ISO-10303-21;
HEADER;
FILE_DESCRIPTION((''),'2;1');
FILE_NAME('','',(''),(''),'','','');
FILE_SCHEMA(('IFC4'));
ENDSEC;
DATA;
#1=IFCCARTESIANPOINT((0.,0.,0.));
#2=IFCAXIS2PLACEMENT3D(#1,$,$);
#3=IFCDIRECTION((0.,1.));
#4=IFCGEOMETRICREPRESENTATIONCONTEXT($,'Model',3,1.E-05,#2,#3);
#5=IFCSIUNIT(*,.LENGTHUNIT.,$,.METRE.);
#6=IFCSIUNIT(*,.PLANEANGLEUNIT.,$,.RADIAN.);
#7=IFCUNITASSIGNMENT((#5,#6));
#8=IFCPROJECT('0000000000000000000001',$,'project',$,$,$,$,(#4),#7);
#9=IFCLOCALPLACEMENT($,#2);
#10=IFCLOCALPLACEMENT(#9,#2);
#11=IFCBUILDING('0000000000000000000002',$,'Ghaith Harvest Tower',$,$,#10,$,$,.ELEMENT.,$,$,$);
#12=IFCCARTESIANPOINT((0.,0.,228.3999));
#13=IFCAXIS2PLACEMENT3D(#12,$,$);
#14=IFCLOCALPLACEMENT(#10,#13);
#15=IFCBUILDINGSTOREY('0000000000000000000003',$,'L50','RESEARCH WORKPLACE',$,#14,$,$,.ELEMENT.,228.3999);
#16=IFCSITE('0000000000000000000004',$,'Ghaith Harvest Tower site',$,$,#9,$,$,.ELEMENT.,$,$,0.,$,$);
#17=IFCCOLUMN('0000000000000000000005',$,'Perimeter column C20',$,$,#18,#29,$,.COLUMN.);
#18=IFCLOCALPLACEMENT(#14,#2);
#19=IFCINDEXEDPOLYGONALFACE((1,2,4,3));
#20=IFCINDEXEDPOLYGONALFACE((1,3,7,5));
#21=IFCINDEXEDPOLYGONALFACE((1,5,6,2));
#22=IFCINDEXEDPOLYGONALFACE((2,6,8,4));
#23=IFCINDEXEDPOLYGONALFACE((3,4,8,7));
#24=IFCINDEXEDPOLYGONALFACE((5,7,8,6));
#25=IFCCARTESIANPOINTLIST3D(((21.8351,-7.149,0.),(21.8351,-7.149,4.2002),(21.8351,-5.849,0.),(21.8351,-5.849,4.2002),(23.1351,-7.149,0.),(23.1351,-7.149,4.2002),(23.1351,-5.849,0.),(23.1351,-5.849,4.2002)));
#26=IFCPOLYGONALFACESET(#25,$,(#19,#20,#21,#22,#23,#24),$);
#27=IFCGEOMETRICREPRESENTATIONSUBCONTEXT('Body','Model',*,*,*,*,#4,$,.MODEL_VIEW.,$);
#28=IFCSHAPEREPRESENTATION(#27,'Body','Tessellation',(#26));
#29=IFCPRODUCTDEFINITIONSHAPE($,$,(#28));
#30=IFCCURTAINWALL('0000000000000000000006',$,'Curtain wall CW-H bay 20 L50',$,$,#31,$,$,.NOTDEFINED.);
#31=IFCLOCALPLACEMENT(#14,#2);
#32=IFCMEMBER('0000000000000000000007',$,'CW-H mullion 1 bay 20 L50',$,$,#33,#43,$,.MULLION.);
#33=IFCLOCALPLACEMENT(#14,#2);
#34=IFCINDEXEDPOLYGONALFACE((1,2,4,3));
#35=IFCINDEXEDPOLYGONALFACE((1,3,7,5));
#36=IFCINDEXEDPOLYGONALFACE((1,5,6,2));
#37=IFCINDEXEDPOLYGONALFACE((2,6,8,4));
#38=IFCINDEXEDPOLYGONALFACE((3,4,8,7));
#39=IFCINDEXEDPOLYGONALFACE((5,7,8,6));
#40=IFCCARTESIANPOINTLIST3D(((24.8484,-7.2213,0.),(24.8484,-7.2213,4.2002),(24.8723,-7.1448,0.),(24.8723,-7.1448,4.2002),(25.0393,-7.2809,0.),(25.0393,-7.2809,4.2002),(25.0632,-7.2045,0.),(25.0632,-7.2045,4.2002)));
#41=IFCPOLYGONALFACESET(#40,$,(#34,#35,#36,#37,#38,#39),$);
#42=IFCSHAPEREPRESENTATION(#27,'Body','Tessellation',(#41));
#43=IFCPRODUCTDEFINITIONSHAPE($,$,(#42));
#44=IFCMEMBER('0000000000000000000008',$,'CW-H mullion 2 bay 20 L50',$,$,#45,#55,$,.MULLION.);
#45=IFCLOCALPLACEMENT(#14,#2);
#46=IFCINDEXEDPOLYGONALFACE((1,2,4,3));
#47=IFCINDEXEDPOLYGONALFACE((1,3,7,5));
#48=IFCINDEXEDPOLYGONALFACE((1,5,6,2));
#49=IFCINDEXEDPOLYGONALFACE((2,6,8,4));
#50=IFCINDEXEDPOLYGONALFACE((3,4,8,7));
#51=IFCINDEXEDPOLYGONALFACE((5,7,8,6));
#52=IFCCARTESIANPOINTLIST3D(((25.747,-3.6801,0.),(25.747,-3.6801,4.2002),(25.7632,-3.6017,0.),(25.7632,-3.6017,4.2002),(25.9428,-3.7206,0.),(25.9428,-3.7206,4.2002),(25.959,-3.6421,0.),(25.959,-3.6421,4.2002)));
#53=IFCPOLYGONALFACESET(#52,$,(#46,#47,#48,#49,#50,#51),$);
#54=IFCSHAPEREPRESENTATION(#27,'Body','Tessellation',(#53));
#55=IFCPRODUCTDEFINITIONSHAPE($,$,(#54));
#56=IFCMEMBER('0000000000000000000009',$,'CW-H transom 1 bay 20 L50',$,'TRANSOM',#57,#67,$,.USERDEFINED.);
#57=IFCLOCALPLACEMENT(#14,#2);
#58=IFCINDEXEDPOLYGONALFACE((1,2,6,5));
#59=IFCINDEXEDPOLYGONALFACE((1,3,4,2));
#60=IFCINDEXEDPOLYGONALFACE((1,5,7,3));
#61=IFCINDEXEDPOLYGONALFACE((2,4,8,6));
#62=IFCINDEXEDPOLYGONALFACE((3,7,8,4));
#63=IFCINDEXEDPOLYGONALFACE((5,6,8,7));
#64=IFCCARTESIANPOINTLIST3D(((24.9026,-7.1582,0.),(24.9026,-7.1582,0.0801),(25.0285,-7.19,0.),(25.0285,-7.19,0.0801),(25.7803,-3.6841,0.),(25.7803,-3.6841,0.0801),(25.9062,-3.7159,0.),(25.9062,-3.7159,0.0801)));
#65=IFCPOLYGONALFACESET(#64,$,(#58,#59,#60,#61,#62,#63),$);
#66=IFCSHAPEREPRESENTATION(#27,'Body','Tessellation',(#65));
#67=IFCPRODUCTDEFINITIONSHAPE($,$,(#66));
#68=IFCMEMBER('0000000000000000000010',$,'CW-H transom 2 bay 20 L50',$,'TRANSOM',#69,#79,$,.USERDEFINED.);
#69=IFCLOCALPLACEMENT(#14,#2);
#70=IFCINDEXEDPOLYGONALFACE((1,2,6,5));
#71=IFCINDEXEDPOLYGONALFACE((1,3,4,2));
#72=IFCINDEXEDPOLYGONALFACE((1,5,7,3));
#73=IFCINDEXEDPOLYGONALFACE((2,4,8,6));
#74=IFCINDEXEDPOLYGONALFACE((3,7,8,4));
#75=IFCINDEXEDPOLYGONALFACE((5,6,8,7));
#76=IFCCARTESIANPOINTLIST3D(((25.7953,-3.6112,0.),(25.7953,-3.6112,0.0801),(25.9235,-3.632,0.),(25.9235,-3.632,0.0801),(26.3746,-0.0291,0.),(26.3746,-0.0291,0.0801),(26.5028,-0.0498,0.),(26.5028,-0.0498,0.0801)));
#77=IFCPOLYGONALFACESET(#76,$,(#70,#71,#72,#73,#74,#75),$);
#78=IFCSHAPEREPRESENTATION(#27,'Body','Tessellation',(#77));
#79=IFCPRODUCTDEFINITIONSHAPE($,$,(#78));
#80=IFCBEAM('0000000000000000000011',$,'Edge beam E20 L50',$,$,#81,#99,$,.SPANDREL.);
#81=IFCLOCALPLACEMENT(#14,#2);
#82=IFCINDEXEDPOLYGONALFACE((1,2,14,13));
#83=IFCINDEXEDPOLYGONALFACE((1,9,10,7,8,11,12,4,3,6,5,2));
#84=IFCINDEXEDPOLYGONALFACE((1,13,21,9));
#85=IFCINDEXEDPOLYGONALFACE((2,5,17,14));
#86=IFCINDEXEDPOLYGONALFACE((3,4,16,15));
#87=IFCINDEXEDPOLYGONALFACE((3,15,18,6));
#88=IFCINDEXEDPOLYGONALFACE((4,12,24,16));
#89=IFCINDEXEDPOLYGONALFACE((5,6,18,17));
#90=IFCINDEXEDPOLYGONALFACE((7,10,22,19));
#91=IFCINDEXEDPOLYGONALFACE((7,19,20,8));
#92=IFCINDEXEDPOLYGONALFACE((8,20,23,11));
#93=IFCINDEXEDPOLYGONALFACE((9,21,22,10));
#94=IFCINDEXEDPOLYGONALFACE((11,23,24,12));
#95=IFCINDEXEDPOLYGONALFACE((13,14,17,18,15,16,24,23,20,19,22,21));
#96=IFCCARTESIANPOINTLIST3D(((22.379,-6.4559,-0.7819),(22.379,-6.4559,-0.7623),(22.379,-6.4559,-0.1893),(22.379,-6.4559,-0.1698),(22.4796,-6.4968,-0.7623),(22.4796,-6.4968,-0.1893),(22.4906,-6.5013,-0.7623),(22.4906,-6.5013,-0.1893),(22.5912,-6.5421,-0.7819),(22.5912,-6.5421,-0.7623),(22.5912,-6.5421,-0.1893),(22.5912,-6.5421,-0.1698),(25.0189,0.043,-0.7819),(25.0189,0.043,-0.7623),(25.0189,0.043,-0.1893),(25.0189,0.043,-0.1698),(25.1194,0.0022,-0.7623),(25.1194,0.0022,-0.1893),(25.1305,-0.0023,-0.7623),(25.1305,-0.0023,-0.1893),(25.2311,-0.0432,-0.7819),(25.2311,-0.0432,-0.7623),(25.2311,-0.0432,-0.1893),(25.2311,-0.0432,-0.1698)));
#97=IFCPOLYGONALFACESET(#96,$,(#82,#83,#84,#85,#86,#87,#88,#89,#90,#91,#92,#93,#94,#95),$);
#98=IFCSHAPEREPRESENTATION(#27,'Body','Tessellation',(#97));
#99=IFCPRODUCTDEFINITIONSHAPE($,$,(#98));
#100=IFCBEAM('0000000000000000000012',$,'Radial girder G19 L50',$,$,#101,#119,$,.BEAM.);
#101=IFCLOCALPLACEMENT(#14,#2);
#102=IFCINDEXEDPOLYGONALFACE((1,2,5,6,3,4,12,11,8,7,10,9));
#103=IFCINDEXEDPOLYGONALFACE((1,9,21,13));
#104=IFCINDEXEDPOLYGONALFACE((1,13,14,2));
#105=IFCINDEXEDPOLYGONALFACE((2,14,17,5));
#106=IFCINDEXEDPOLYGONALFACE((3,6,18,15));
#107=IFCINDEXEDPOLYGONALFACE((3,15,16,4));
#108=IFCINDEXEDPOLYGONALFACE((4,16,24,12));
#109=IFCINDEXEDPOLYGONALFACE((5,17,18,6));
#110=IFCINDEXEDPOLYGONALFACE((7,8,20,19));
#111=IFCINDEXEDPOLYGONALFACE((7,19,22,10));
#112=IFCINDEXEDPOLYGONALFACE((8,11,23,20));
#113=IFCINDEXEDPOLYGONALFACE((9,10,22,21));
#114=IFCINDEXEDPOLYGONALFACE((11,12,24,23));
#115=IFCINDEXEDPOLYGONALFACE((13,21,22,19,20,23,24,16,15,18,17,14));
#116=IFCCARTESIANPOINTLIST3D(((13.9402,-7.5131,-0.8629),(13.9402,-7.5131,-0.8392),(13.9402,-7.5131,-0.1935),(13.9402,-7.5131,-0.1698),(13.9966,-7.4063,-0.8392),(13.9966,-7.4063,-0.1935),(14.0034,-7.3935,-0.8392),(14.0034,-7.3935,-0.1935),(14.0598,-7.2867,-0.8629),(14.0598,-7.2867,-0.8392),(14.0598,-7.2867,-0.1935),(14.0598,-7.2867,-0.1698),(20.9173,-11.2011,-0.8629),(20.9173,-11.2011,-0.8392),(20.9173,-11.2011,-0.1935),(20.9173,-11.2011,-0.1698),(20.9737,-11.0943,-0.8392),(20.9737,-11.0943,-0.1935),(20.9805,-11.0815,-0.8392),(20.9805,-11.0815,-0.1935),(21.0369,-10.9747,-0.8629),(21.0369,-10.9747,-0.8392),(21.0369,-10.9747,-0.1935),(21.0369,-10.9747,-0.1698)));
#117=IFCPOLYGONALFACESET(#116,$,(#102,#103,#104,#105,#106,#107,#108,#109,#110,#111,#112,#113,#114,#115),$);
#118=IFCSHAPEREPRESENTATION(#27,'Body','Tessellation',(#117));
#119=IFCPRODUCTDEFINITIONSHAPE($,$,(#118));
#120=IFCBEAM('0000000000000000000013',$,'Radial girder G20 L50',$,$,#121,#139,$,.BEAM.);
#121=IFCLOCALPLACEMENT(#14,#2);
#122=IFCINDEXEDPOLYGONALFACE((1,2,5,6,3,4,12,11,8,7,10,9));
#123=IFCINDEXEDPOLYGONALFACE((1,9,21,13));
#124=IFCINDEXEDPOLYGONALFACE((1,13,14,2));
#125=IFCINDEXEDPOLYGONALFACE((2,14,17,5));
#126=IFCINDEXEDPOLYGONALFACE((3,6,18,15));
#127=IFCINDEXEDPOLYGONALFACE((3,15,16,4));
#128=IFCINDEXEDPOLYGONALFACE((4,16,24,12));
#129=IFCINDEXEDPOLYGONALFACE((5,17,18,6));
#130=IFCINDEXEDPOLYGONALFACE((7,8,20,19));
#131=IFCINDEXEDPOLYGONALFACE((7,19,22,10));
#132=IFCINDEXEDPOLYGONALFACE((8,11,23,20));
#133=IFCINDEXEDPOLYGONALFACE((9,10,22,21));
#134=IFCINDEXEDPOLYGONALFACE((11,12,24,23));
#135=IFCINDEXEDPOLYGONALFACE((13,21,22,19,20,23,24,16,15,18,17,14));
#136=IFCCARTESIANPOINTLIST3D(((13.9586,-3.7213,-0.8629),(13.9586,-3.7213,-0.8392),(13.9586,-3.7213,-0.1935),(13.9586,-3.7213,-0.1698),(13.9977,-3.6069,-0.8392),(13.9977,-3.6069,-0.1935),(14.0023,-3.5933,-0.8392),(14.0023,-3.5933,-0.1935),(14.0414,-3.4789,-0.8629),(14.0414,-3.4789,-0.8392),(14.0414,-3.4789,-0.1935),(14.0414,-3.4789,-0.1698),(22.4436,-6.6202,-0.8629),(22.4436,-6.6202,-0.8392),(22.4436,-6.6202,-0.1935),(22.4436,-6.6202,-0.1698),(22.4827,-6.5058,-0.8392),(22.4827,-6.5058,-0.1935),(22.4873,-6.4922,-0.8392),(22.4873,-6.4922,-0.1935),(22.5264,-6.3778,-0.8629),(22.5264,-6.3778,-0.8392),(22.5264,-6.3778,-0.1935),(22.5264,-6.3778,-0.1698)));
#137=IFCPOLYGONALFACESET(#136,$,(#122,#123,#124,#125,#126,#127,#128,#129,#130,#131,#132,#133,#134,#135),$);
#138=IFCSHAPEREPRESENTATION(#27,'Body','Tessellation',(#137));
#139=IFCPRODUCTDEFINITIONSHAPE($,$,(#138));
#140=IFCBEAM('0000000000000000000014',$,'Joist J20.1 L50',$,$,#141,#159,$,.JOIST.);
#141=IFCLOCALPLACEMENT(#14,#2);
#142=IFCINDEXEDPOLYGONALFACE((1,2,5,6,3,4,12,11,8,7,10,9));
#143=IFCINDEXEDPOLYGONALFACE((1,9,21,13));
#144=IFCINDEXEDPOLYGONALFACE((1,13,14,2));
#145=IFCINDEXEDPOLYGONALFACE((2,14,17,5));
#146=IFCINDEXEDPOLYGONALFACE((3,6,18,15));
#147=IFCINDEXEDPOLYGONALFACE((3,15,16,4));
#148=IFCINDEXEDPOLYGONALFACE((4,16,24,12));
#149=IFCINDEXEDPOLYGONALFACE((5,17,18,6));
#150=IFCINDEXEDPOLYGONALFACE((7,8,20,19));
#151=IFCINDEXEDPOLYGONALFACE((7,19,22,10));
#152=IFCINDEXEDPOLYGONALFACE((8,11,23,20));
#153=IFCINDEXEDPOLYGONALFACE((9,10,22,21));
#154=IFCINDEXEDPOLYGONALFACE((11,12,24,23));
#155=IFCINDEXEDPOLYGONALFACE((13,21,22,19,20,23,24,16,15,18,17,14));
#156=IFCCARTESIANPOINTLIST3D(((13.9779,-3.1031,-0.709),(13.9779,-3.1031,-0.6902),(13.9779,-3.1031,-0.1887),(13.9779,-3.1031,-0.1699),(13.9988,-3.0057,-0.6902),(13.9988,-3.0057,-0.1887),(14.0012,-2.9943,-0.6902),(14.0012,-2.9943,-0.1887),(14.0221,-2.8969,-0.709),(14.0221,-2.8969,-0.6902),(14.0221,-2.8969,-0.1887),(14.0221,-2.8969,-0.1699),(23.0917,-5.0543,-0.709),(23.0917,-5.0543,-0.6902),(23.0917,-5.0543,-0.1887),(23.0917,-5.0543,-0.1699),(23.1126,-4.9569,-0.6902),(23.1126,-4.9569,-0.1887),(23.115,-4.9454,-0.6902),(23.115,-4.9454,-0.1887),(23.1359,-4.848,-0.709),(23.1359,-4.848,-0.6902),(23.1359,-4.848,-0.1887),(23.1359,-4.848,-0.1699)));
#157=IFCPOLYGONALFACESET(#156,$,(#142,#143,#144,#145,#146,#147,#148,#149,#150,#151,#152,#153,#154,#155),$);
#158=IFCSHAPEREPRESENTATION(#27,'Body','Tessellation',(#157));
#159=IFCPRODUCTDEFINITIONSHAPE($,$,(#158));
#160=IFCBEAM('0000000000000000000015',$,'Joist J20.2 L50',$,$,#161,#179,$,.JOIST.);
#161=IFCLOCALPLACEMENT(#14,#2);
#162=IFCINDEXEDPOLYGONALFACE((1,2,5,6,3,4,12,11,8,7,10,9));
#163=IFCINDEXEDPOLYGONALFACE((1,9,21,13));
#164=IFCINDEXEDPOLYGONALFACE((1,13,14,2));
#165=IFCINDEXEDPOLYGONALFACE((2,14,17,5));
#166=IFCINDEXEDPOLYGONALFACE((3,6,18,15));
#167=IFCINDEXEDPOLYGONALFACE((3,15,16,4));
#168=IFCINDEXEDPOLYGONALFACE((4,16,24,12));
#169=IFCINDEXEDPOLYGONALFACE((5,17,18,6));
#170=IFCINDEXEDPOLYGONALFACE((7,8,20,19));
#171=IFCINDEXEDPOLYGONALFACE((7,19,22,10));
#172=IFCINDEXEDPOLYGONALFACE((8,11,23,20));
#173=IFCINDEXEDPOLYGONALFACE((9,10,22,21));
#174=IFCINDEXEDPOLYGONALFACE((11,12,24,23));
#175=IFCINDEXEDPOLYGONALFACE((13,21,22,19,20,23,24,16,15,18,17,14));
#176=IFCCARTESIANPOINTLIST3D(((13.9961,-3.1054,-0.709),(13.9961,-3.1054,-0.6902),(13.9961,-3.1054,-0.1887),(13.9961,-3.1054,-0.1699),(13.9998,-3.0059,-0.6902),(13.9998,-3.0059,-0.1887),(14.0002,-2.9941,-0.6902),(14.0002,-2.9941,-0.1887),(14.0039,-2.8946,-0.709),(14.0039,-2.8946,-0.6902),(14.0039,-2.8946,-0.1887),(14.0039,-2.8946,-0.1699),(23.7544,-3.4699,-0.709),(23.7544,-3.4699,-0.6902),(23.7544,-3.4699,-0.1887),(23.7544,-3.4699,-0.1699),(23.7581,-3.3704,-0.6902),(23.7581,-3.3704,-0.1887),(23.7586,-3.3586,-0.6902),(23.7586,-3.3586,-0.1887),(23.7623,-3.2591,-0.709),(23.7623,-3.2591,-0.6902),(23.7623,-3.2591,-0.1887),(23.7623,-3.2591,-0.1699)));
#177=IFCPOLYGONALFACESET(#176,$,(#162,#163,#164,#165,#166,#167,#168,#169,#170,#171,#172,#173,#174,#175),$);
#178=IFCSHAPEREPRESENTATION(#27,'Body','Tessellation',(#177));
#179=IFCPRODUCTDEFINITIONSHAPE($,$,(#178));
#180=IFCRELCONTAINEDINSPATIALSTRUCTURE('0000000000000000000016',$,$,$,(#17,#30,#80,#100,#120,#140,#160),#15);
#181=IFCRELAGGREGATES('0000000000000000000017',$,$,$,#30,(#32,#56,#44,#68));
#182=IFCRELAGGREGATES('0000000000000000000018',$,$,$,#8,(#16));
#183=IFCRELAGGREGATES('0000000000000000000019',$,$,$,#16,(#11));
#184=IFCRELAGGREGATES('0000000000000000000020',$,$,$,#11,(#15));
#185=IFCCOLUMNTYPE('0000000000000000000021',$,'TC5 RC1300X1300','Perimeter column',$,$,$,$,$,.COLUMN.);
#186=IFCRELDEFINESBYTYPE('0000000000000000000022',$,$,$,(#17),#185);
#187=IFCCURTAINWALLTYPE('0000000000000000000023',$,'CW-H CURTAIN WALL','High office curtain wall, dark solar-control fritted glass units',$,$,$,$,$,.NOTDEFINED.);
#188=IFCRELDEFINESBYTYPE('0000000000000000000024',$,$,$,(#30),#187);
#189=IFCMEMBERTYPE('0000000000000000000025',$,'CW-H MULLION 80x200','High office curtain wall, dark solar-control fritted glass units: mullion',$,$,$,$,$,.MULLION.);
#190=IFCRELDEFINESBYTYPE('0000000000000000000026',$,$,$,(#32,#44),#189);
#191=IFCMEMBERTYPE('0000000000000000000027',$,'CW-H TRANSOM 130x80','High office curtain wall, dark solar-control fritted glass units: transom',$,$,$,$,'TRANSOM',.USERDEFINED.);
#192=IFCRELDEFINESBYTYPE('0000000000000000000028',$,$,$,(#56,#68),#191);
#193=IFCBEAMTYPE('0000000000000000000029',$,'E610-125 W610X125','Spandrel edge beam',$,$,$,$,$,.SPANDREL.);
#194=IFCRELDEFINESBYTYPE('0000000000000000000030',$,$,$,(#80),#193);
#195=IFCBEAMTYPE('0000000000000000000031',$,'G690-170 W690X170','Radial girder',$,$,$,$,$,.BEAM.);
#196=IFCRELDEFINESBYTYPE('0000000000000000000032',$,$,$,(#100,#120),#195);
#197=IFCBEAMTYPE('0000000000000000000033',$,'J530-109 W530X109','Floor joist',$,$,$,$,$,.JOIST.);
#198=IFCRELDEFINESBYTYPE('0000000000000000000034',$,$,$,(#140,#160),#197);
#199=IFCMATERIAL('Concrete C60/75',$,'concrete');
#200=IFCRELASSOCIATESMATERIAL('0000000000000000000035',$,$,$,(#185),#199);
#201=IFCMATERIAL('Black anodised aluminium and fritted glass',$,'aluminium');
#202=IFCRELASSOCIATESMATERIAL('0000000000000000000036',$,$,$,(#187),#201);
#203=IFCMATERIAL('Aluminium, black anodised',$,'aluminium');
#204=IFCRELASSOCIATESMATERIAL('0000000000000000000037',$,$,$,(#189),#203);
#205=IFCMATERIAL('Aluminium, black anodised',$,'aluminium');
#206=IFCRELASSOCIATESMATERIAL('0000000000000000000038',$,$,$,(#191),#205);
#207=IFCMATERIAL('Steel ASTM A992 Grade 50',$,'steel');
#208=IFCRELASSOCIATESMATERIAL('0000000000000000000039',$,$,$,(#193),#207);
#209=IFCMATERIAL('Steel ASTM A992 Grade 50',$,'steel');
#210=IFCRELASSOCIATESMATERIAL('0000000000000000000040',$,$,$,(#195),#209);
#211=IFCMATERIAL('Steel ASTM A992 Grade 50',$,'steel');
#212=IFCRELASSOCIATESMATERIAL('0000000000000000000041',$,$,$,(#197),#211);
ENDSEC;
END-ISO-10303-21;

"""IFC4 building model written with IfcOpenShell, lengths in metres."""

from ifc_helpers import new_model, si_unit, direction, frame, origin, origin_2d, place, context, subcontext, project, spatial, rectangle, i_section, extrude, material, material_profile, profile_set, type_object, element, aggregate, save


model = new_model("IFC4")

# Units and contexts
model_context = context("Model", 3, precision=1e-05, world=origin(), true_north=direction((0.0, 1.0)))
body_context = subcontext(model_context, "Body", "Model", "MODEL_VIEW")
ifc_project = project(units=[si_unit("LENGTHUNIT", "METRE"), si_unit("PLANEANGLEUNIT", "RADIAN")], contexts=[model_context])

# Site, building, storey
site_placement = place(None, origin())
site = spatial("IfcSite", under=ifc_project, at=site_placement, Name="Ghaith Harvest Tower site", CompositionType="ELEMENT", RefElevation=0.0)
building_placement = place(site_placement, origin())
building = spatial("IfcBuilding", under=site, at=building_placement, Name="Ghaith Harvest Tower", CompositionType="ELEMENT")
storey_placement = place(building_placement, frame((0.0, 0.0, 228.3999)))
storey = spatial("IfcBuildingStorey", under=building, at=storey_placement, Name="L50", Description="RESEARCH WORKPLACE", CompositionType="ELEMENT", Elevation=228.3999)

# Column
ifc_material_1 = material(Name="Concrete C60/75", Category="concrete")
ifc_material_profile_1 = material_profile(ifc_material_1, rectangle(XDim=1.3, YDim=1.3, at=origin_2d()), Name="RC1300X1300")
ifc_profile_set_1 = profile_set([ifc_material_profile_1], Name="Concrete C60/75")
column_type = type_object("IfcColumnType", Name="TC5 RC1300X1300", Description="Perimeter column", PredefinedType="COLUMN", material=ifc_profile_set_1)
column_placement = place(storey_placement, frame((22.4851, -6.499, 0.0), z_axis=(0.0, 0.0, 1.0), x_axis=(1.0, 0.0, 0.0)))
element("IfcColumn", 1, at=column_placement, inside=storey, type_object=column_type, Name="Perimeter column C20", PredefinedType="COLUMN", context=body_context, shape_type="SweptSolid", body=[
    extrude(rectangle(XDim=1.3, YDim=1.3, at=origin_2d()), origin(), (0.0, 0.0, 1.0), 4.2002),
])

# Curtain wall, members
ifc_material_2 = material(Name="Black anodised aluminium and fritted glass", Category="aluminium")
curtain_wall_type = type_object("IfcCurtainWallType", Name="CW-H CURTAIN WALL", Description="High office curtain wall, dark solar-control fritted glass units", PredefinedType="NOTDEFINED", material=ifc_material_2)
curtain_wall_1_placement = place(storey_placement, origin())
curtain_wall_1 = element("IfcCurtainWall", 2, at=curtain_wall_1_placement, inside=storey, type_object=curtain_wall_type, Name="Curtain wall CW-H bay 20 L50", PredefinedType="NOTDEFINED")
ifc_material_3 = material(Name="Aluminium, black anodised", Category="aluminium")
ifc_material_profile_2 = material_profile(ifc_material_3, rectangle(XDim=0.0801, YDim=0.2, at=origin_2d()), Name="CW-H MULLION 80x200")
ifc_profile_set_2 = profile_set([ifc_material_profile_2], Name="Aluminium, black anodised")
member_type_1 = type_object("IfcMemberType", Name="CW-H MULLION 80x200", Description="High office curtain wall, dark solar-control fritted glass units: mullion", PredefinedType="MULLION", material=ifc_profile_set_2)
member_1_placement = place(storey_placement, frame((24.9558, -7.2129, 0.0), z_axis=(0.0, 0.0, 1.0), x_axis=(0.298442, 0.954428, 0.0)))
member_1 = element("IfcMember", 3, at=member_1_placement, type_object=member_type_1, Name="CW-H mullion 1 bay 20 L50", PredefinedType="MULLION", context=body_context, shape_type="SweptSolid", body=[
    extrude(rectangle(XDim=0.0801, YDim=0.2, at=origin_2d()), origin(), (0.0, 0.0, 1.0), 4.2002),
])
member_2_placement = place(storey_placement, frame((25.853, -3.6611, 0.0), z_axis=(0.0, 0.0, 1.0), x_axis=(0.202192, 0.979346, 0.0)))
member_2 = element("IfcMember", 4, at=member_2_placement, type_object=member_type_1, Name="CW-H mullion 2 bay 20 L50", PredefinedType="MULLION", context=body_context, shape_type="SweptSolid", body=[
    extrude(rectangle(XDim=0.0801, YDim=0.2, at=origin_2d()), origin(), (0.0, 0.0, 1.0), 4.2002),
])
ifc_material_4 = material(Name="Aluminium, black anodised", Category="aluminium")
ifc_material_profile_3 = material_profile(ifc_material_4, rectangle(XDim=0.1299, YDim=0.0801, at=origin_2d()), Name="CW-H TRANSOM 130x80")
ifc_profile_set_3 = profile_set([ifc_material_profile_3], Name="Aluminium, black anodised")
member_type_2 = type_object("IfcMemberType", Name="CW-H TRANSOM 130x80", Description="High office curtain wall, dark solar-control fritted glass units: transom", ElementType="TRANSOM", PredefinedType="USERDEFINED", material=ifc_profile_set_3)
member_3_placement = place(storey_placement, frame((24.9656, -7.1741, 0.04), z_axis=(0.24494, 0.969538, 0.0), x_axis=(-0.969538, 0.24494, 0.0)))
member_3 = element("IfcMember", 5, at=member_3_placement, type_object=member_type_2, Name="CW-H transom 1 bay 20 L50", ObjectType="TRANSOM", PredefinedType="USERDEFINED", context=body_context, shape_type="SweptSolid", body=[
    extrude(rectangle(XDim=0.1299, YDim=0.0801, at=origin_2d()), origin(), (0.0, 0.0, 1.0), 3.5833),
])
member_4_placement = place(storey_placement, frame((25.8594, -3.6216, 0.04), z_axis=(0.159662, 0.987172, 0.0), x_axis=(-0.987172, 0.159662, 0.0)))
member_4 = element("IfcMember", 6, at=member_4_placement, type_object=member_type_2, Name="CW-H transom 2 bay 20 L50", ObjectType="TRANSOM", PredefinedType="USERDEFINED", context=body_context, shape_type="SweptSolid", body=[
    extrude(rectangle(XDim=0.1299, YDim=0.0801, at=origin_2d()), origin(), (0.0, 0.0, 1.0), 3.6287),
])

# Beams
ifc_material_5 = material(Name="Steel ASTM A992 Grade 50", Category="steel")
ifc_material_profile_4 = material_profile(ifc_material_5, i_section(OverallWidth=0.229, OverallDepth=0.6121, WebThickness=0.012, FlangeThickness=0.0195, at=origin_2d()), Name="W610X125")
ifc_profile_set_4 = profile_set([ifc_material_profile_4], Name="Steel ASTM A992 Grade 50")
beam_type_1 = type_object("IfcBeamType", Name="E610-125 W610X125", Description="Spandrel edge beam", PredefinedType="SPANDREL", material=ifc_profile_set_4)
beam_1_placement = place(storey_placement, frame((22.4851, -6.499, -0.4758), z_axis=(0.376336, 0.926483, 0.0), x_axis=(-0.926483, 0.376336, 0.0)))
element("IfcBeam", 7, at=beam_1_placement, inside=storey, type_object=beam_type_1, Name="Edge beam E20 L50", PredefinedType="SPANDREL", context=body_context, shape_type="SweptSolid", body=[
    extrude(i_section(OverallWidth=0.229, OverallDepth=0.6121, WebThickness=0.012, FlangeThickness=0.0195, at=origin_2d()), origin(), (0.0, 0.0, 1.0), 7.0146),
])
ifc_material_6 = material(Name="Steel ASTM A992 Grade 50", Category="steel")
ifc_material_profile_5 = material_profile(ifc_material_6, i_section(OverallWidth=0.2561, OverallDepth=0.6931, WebThickness=0.0144, FlangeThickness=0.0237, at=origin_2d()), Name="W690X170")
ifc_profile_set_5 = profile_set([ifc_material_profile_5], Name="Steel ASTM A992 Grade 50")
beam_type_2 = type_object("IfcBeamType", Name="G690-170 W690X170", Description="Radial girder", PredefinedType="BEAM", material=ifc_profile_set_5)
beam_2_placement = place(storey_placement, frame((14.0, -7.3999, -0.5164), z_axis=(0.884089, -0.467319, 0.0), x_axis=(0.467319, 0.884089, 0.0)))
element("IfcBeam", 8, at=beam_2_placement, inside=storey, type_object=beam_type_2, Name="Radial girder G19 L50", PredefinedType="BEAM", context=body_context, shape_type="SweptSolid", body=[
    extrude(i_section(OverallWidth=0.2561, OverallDepth=0.6931, WebThickness=0.0144, FlangeThickness=0.0237, at=origin_2d()), origin(), (0.0, 0.0, 1.0), 7.8918),
])
beam_3_placement = place(storey_placement, frame((14.0, -3.6001, -0.5164), z_axis=(0.946296, -0.323301, 0.0), x_axis=(0.323301, 0.946296, 0.0)))
element("IfcBeam", 9, at=beam_3_placement, inside=storey, type_object=beam_type_2, Name="Radial girder G20 L50", PredefinedType="BEAM", context=body_context, shape_type="SweptSolid", body=[
    extrude(i_section(OverallWidth=0.2561, OverallDepth=0.6931, WebThickness=0.0144, FlangeThickness=0.0237, at=origin_2d()), origin(), (0.0, 0.0, 1.0), 8.9666),
])
ifc_material_7 = material(Name="Steel ASTM A992 Grade 50", Category="steel")
ifc_material_profile_6 = material_profile(ifc_material_7, i_section(OverallWidth=0.2109, OverallDepth=0.5391, WebThickness=0.0117, FlangeThickness=0.0188, at=origin_2d()), Name="W530X109")
ifc_profile_set_6 = profile_set([ifc_material_profile_6], Name="Steel ASTM A992 Grade 50")
beam_type_3 = type_object("IfcBeamType", Name="J530-109 W530X109", Description="Floor joist", PredefinedType="JOIST", material=ifc_profile_set_6)
beam_4_placement = place(storey_placement, frame((14.0, -3.0, -0.4395), z_axis=(0.977841, -0.209347, 0.0), x_axis=(0.209347, 0.977841, 0.0)))
element("IfcBeam", 10, at=beam_4_placement, inside=storey, type_object=beam_type_3, Name="Joist J20.1 L50", PredefinedType="JOIST", context=body_context, shape_type="SweptSolid", body=[
    extrude(i_section(OverallWidth=0.2109, OverallDepth=0.5391, WebThickness=0.0117, FlangeThickness=0.0188, at=origin_2d()), origin(), (0.0, 0.0, 1.0), 9.3203),
])
beam_5_placement = place(storey_placement, frame((14.0, -3.0, -0.4395), z_axis=(0.999303, -0.037327, 0.0), x_axis=(0.037327, 0.999303, 0.0)))
element("IfcBeam", 11, at=beam_5_placement, inside=storey, type_object=beam_type_3, Name="Joist J20.2 L50", PredefinedType="JOIST", context=body_context, shape_type="SweptSolid", body=[
    extrude(i_section(OverallWidth=0.2109, OverallDepth=0.5391, WebThickness=0.0117, FlangeThickness=0.0188, at=origin_2d()), origin(), (0.0, 0.0, 1.0), 9.7651),
])

aggregate(curtain_wall_1, [member_1, member_3, member_2, member_4])

save(model, "model.ifc")
